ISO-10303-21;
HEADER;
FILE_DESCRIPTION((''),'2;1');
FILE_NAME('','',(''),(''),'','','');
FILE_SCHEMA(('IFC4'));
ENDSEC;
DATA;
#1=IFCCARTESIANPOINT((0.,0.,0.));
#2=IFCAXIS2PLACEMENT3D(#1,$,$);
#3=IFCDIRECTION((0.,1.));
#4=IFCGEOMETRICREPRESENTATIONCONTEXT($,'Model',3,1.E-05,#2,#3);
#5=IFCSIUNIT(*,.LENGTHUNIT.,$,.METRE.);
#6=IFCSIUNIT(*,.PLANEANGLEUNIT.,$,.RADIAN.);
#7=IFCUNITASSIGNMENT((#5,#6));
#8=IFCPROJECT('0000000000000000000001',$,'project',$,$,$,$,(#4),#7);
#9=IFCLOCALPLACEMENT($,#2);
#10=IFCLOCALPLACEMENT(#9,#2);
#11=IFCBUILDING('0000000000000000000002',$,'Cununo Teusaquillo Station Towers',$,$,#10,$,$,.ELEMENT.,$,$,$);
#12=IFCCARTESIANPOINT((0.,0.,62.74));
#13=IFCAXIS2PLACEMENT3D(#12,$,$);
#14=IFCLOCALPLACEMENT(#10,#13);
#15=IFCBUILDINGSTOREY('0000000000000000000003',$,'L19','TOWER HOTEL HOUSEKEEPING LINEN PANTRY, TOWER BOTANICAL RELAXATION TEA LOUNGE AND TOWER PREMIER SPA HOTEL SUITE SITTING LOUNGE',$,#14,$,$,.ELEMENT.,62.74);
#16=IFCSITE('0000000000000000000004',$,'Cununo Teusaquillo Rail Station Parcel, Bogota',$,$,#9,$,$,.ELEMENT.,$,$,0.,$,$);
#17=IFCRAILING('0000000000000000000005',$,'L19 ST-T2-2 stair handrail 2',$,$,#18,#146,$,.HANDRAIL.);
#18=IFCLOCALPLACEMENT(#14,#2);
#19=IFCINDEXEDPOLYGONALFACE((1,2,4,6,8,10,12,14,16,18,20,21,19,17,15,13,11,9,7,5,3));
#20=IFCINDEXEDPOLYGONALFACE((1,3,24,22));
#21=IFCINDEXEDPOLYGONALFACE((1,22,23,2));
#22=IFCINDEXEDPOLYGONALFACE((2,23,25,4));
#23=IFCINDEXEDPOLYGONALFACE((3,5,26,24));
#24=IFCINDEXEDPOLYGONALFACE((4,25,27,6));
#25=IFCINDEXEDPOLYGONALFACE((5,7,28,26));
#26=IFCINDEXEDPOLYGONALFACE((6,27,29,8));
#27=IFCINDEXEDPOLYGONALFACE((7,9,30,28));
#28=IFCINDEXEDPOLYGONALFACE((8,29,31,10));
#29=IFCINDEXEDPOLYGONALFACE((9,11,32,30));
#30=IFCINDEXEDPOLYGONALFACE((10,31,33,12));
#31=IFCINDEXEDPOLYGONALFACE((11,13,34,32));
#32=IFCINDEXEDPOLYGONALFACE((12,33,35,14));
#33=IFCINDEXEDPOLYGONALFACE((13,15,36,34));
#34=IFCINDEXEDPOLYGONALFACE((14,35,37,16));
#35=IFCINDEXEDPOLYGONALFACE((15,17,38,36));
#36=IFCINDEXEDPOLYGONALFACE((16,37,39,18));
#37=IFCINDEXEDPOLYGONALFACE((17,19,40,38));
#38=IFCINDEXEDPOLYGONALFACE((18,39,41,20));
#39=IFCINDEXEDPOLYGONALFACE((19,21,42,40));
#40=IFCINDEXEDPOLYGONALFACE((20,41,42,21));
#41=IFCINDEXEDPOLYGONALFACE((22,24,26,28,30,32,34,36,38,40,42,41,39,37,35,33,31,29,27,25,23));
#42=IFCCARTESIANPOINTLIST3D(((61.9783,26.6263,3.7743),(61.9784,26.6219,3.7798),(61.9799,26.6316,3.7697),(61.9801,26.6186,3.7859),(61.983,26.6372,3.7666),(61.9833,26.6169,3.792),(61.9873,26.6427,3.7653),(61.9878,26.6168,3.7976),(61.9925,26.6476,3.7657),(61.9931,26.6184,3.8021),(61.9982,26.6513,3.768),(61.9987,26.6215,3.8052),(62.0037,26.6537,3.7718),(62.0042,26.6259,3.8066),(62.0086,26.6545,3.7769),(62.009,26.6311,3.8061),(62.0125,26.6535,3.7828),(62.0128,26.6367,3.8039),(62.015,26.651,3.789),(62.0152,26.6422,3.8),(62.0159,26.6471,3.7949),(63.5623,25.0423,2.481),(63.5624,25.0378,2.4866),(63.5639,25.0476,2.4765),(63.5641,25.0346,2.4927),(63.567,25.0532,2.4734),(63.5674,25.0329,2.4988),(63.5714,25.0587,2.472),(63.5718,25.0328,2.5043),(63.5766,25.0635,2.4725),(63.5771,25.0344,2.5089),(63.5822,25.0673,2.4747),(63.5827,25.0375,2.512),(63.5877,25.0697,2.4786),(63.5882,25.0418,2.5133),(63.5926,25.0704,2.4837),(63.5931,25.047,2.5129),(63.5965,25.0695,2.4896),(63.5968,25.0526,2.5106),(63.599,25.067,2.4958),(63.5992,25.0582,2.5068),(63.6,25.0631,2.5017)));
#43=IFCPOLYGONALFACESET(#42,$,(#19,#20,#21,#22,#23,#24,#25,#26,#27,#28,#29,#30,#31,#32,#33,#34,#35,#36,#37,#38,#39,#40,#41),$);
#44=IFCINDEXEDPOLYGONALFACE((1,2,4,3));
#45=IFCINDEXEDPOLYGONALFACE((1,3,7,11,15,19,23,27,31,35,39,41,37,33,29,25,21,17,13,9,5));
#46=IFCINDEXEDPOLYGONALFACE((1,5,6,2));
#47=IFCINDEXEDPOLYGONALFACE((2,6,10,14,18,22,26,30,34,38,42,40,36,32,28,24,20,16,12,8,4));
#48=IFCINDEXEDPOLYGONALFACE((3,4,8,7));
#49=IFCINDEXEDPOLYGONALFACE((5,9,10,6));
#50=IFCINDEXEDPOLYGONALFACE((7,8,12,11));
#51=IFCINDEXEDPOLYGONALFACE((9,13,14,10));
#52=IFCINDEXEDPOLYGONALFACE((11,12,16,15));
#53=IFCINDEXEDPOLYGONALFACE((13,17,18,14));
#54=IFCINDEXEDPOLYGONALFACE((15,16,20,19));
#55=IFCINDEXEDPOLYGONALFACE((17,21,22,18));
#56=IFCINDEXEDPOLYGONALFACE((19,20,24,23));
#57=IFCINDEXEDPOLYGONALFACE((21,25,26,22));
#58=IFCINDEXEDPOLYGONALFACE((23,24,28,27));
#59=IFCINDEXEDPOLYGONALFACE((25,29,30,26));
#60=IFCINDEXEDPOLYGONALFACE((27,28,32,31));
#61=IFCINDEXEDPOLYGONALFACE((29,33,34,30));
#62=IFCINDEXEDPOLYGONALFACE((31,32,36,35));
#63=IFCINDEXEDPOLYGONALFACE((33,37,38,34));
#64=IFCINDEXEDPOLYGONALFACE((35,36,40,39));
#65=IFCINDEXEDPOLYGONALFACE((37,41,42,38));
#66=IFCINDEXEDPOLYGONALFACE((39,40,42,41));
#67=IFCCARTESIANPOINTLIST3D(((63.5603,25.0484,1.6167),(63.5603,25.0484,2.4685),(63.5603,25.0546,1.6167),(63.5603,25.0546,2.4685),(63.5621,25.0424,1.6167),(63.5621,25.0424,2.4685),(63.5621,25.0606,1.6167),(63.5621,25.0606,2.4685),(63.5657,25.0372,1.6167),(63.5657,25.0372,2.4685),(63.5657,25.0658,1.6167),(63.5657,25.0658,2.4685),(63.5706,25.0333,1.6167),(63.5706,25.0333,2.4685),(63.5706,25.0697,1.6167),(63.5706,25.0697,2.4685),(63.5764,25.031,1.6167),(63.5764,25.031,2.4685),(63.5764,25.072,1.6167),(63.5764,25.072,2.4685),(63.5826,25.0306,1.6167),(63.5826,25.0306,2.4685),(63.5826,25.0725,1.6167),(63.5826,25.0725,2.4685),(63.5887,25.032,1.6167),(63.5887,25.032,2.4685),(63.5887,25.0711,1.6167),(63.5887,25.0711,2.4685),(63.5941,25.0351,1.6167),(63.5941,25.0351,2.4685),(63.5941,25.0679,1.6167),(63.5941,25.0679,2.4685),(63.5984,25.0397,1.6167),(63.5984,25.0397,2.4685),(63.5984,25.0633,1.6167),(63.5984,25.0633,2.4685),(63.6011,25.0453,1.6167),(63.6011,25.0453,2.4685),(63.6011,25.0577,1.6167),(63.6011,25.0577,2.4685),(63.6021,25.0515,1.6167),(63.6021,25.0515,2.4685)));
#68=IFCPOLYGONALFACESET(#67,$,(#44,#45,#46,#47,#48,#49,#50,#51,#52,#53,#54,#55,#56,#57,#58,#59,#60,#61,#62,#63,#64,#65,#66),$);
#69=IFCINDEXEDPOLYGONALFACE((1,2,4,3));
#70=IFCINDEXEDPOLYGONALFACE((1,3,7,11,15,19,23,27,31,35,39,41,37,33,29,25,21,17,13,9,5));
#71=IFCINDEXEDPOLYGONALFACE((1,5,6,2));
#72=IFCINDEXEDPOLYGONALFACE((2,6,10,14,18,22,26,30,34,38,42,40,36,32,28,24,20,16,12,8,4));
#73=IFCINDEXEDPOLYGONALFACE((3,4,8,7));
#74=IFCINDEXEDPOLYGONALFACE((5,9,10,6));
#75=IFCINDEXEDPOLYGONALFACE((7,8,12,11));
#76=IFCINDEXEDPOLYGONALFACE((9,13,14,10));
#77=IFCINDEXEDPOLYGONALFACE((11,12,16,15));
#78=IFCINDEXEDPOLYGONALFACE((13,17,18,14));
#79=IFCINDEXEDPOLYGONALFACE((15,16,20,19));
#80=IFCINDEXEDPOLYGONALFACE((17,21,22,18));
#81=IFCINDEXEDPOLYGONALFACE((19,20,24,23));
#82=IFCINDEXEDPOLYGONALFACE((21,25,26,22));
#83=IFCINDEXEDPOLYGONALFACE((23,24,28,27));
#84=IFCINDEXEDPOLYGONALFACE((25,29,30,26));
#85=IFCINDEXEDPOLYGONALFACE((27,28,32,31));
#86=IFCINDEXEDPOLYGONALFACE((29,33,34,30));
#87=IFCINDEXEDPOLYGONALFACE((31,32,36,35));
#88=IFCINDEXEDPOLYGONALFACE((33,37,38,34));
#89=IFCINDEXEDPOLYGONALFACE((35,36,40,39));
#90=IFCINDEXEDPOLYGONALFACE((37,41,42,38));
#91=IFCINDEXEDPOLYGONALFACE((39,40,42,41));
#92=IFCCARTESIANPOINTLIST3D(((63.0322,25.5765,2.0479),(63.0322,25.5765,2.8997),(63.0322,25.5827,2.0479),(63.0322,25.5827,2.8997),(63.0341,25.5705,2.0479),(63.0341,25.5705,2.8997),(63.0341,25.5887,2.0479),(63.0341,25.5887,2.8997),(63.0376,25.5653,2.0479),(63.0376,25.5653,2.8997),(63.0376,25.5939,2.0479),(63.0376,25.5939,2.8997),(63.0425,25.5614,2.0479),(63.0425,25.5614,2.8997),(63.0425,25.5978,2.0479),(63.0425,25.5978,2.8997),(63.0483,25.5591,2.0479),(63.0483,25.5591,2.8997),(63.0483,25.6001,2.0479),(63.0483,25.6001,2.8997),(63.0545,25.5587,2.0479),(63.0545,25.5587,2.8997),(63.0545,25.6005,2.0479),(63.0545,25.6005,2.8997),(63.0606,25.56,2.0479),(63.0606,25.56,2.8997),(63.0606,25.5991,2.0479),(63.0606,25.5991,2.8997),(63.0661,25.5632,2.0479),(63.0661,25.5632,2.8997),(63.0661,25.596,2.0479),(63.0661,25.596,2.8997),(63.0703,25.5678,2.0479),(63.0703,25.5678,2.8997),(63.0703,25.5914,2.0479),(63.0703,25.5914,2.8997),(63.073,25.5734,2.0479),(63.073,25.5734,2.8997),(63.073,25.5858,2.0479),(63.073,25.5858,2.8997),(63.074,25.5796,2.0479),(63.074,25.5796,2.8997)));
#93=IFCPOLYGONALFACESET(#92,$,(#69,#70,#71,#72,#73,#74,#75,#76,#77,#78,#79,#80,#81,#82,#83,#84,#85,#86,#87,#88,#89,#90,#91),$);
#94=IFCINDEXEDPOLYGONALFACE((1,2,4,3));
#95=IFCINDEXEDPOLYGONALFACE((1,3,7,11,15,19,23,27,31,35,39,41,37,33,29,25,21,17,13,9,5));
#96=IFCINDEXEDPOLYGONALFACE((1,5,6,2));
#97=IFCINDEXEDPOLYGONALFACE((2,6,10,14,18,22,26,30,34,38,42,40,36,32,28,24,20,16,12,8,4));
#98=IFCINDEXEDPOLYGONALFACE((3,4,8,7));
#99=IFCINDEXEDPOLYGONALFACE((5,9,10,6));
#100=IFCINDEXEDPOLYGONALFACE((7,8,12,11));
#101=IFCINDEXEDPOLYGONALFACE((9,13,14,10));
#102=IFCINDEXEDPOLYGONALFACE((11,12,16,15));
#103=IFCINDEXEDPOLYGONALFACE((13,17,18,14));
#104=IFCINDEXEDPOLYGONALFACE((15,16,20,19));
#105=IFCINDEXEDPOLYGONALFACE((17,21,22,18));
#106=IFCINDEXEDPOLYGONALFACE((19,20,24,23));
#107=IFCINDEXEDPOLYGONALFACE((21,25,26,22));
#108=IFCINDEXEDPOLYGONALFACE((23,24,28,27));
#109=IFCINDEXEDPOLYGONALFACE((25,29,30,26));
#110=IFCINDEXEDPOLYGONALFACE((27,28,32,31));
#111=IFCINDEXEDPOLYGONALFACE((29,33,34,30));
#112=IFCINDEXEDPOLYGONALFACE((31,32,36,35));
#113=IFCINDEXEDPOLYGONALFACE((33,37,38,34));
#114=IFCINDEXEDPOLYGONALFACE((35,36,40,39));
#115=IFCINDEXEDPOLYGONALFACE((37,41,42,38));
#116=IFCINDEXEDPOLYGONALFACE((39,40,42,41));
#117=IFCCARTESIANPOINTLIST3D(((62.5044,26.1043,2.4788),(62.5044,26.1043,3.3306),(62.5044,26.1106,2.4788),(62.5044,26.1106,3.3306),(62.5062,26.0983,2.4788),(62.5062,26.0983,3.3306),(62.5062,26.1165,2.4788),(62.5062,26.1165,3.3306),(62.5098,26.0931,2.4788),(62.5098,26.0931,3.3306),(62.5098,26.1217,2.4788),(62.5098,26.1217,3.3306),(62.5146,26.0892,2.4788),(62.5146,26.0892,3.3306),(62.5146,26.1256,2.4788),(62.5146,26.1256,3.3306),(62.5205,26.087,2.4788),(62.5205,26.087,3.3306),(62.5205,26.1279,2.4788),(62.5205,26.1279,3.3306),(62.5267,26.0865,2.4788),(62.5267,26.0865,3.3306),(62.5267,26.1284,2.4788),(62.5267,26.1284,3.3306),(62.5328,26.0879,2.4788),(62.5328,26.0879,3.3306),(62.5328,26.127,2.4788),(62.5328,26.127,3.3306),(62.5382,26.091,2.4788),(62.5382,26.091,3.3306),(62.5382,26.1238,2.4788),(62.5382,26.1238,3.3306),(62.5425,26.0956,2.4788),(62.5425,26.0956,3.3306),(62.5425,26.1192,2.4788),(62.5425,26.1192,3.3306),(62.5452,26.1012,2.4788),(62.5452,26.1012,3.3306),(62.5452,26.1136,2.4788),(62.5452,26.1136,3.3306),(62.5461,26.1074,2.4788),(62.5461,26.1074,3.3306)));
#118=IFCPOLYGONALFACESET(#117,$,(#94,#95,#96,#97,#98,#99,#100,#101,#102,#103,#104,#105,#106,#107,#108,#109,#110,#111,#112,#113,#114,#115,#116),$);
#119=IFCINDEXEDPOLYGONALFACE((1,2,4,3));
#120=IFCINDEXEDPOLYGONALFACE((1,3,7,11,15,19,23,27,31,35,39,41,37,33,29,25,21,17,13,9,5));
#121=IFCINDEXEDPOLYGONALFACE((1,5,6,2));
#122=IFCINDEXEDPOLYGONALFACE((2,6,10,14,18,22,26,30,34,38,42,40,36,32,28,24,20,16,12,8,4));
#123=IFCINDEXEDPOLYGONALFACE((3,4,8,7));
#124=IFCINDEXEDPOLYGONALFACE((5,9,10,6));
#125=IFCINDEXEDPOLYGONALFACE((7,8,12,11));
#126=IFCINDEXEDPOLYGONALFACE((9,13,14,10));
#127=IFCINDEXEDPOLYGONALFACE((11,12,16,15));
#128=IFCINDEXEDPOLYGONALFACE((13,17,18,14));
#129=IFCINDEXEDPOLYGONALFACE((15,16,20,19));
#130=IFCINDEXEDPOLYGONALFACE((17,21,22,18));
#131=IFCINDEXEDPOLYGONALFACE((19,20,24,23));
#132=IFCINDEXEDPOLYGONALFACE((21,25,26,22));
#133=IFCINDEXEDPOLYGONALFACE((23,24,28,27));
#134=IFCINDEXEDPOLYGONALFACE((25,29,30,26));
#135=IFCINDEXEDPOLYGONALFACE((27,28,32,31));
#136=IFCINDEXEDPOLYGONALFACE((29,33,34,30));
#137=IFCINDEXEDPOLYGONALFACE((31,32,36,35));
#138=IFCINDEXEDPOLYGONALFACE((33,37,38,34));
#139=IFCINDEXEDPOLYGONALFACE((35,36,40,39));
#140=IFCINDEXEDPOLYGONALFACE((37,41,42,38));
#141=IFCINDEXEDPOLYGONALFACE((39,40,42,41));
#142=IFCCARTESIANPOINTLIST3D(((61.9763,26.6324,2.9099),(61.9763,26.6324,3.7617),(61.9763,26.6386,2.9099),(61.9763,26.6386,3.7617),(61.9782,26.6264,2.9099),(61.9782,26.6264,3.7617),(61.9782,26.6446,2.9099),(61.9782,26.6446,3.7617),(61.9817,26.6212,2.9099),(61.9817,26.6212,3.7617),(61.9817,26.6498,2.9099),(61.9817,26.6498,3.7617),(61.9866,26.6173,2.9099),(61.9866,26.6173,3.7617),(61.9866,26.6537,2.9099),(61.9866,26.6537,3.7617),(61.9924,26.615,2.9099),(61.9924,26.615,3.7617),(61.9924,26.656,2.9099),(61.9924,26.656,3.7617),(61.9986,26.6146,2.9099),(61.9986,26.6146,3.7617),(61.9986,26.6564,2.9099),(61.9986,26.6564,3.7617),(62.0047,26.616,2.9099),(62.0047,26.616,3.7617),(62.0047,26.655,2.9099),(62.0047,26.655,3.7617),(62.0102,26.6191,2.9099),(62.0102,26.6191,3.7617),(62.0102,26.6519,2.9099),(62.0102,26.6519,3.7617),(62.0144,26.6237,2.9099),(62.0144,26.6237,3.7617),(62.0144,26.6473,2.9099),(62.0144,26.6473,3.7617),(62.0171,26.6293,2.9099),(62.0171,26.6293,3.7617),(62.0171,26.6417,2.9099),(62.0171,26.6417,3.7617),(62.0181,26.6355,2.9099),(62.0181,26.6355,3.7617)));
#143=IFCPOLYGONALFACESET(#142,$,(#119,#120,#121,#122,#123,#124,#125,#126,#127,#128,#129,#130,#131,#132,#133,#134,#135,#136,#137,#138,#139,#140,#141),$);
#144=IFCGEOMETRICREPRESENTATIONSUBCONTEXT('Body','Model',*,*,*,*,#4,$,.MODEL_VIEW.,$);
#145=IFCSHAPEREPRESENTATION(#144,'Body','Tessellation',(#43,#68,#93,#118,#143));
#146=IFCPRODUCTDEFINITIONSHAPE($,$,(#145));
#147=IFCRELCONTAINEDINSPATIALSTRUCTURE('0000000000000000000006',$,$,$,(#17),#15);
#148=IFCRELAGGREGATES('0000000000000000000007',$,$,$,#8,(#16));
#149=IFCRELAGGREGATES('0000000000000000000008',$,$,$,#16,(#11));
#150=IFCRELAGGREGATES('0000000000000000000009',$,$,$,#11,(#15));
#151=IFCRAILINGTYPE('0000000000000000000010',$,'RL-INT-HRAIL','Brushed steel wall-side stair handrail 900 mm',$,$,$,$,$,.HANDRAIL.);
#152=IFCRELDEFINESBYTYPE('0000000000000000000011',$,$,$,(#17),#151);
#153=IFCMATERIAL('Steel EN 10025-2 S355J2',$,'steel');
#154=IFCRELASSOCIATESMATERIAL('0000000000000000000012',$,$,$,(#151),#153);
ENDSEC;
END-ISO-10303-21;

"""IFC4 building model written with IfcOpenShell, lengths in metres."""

from ifc_helpers import new_model, si_unit, direction, frame, origin, origin_2d, place, context, subcontext, project, spatial, circle, extrude, material, type_object, element, save


model = new_model("IFC4")

# Units and contexts
model_context = context("Model", 3, precision=1e-05, world=origin(), true_north=direction((0.0, 1.0)))
body_context = subcontext(model_context, "Body", "Model", "MODEL_VIEW")
ifc_project = project(units=[si_unit("LENGTHUNIT", "METRE"), si_unit("PLANEANGLEUNIT", "RADIAN")], contexts=[model_context])

# Site, building, storey
site_placement = place(None, origin())
site = spatial("IfcSite", under=ifc_project, at=site_placement, Name="Cununo Teusaquillo Rail Station Parcel, Bogota", CompositionType="ELEMENT", RefElevation=0.0)
building_placement = place(site_placement, origin())
building = spatial("IfcBuilding", under=site, at=building_placement, Name="Cununo Teusaquillo Station Towers", CompositionType="ELEMENT")
storey_placement = place(building_placement, frame((0.0, 0.0, 62.74)))
storey = spatial("IfcBuildingStorey", under=building, at=storey_placement, Name="L19", Description="TOWER HOTEL HOUSEKEEPING LINEN PANTRY, TOWER BOTANICAL RELAXATION TEA LOUNGE AND TOWER PREMIER SPA HOTEL SUITE SITTING LOUNGE", CompositionType="ELEMENT", Elevation=62.74)

# Railing
ifc_material_1 = material(Name="Steel EN 10025-2 S355J2", Category="steel")
railing_type_1 = type_object("IfcRailingType", Name="RL-INT-HRAIL", Description="Brushed steel wall-side stair handrail 900 mm", PredefinedType="HANDRAIL", material=ifc_material_1)
railing_1_placement = place(storey_placement, frame((63.5811, 25.0515, 1.6167)))
element("IfcRailing", 1, at=railing_1_placement, inside=storey, type_object=railing_type_1, Name="L19 ST-T2-2 stair handrail 2", PredefinedType="HANDRAIL", context=body_context, shape_type="SweptSolid", body=[
    extrude(circle(Radius=0.0239, at=origin_2d()), frame((0.0, 0.0, 0.876), z_axis=(-0.612385, 0.612385, 0.49997), x_axis=(-0.707107, -0.707107, 0.0)), (0.0, 0.0, 1.0), 2.5867),
    extrude(circle(Radius=0.021, at=origin_2d()), origin(), (0.0, 0.0, 1.0), 0.8518),
    extrude(circle(Radius=0.021, at=origin_2d()), frame((-0.5281, 0.5281, 0.4312)), (0.0, 0.0, 1.0), 0.8518),
    extrude(circle(Radius=0.021, at=origin_2d()), frame((-1.0559, 1.0559, 0.8621)), (0.0, 0.0, 1.0), 0.8518),
    extrude(circle(Radius=0.021, at=origin_2d()), frame((-1.584, 1.584, 1.2932)), (0.0, 0.0, 1.0), 0.8518),
])

save(model, "model.ifc")
